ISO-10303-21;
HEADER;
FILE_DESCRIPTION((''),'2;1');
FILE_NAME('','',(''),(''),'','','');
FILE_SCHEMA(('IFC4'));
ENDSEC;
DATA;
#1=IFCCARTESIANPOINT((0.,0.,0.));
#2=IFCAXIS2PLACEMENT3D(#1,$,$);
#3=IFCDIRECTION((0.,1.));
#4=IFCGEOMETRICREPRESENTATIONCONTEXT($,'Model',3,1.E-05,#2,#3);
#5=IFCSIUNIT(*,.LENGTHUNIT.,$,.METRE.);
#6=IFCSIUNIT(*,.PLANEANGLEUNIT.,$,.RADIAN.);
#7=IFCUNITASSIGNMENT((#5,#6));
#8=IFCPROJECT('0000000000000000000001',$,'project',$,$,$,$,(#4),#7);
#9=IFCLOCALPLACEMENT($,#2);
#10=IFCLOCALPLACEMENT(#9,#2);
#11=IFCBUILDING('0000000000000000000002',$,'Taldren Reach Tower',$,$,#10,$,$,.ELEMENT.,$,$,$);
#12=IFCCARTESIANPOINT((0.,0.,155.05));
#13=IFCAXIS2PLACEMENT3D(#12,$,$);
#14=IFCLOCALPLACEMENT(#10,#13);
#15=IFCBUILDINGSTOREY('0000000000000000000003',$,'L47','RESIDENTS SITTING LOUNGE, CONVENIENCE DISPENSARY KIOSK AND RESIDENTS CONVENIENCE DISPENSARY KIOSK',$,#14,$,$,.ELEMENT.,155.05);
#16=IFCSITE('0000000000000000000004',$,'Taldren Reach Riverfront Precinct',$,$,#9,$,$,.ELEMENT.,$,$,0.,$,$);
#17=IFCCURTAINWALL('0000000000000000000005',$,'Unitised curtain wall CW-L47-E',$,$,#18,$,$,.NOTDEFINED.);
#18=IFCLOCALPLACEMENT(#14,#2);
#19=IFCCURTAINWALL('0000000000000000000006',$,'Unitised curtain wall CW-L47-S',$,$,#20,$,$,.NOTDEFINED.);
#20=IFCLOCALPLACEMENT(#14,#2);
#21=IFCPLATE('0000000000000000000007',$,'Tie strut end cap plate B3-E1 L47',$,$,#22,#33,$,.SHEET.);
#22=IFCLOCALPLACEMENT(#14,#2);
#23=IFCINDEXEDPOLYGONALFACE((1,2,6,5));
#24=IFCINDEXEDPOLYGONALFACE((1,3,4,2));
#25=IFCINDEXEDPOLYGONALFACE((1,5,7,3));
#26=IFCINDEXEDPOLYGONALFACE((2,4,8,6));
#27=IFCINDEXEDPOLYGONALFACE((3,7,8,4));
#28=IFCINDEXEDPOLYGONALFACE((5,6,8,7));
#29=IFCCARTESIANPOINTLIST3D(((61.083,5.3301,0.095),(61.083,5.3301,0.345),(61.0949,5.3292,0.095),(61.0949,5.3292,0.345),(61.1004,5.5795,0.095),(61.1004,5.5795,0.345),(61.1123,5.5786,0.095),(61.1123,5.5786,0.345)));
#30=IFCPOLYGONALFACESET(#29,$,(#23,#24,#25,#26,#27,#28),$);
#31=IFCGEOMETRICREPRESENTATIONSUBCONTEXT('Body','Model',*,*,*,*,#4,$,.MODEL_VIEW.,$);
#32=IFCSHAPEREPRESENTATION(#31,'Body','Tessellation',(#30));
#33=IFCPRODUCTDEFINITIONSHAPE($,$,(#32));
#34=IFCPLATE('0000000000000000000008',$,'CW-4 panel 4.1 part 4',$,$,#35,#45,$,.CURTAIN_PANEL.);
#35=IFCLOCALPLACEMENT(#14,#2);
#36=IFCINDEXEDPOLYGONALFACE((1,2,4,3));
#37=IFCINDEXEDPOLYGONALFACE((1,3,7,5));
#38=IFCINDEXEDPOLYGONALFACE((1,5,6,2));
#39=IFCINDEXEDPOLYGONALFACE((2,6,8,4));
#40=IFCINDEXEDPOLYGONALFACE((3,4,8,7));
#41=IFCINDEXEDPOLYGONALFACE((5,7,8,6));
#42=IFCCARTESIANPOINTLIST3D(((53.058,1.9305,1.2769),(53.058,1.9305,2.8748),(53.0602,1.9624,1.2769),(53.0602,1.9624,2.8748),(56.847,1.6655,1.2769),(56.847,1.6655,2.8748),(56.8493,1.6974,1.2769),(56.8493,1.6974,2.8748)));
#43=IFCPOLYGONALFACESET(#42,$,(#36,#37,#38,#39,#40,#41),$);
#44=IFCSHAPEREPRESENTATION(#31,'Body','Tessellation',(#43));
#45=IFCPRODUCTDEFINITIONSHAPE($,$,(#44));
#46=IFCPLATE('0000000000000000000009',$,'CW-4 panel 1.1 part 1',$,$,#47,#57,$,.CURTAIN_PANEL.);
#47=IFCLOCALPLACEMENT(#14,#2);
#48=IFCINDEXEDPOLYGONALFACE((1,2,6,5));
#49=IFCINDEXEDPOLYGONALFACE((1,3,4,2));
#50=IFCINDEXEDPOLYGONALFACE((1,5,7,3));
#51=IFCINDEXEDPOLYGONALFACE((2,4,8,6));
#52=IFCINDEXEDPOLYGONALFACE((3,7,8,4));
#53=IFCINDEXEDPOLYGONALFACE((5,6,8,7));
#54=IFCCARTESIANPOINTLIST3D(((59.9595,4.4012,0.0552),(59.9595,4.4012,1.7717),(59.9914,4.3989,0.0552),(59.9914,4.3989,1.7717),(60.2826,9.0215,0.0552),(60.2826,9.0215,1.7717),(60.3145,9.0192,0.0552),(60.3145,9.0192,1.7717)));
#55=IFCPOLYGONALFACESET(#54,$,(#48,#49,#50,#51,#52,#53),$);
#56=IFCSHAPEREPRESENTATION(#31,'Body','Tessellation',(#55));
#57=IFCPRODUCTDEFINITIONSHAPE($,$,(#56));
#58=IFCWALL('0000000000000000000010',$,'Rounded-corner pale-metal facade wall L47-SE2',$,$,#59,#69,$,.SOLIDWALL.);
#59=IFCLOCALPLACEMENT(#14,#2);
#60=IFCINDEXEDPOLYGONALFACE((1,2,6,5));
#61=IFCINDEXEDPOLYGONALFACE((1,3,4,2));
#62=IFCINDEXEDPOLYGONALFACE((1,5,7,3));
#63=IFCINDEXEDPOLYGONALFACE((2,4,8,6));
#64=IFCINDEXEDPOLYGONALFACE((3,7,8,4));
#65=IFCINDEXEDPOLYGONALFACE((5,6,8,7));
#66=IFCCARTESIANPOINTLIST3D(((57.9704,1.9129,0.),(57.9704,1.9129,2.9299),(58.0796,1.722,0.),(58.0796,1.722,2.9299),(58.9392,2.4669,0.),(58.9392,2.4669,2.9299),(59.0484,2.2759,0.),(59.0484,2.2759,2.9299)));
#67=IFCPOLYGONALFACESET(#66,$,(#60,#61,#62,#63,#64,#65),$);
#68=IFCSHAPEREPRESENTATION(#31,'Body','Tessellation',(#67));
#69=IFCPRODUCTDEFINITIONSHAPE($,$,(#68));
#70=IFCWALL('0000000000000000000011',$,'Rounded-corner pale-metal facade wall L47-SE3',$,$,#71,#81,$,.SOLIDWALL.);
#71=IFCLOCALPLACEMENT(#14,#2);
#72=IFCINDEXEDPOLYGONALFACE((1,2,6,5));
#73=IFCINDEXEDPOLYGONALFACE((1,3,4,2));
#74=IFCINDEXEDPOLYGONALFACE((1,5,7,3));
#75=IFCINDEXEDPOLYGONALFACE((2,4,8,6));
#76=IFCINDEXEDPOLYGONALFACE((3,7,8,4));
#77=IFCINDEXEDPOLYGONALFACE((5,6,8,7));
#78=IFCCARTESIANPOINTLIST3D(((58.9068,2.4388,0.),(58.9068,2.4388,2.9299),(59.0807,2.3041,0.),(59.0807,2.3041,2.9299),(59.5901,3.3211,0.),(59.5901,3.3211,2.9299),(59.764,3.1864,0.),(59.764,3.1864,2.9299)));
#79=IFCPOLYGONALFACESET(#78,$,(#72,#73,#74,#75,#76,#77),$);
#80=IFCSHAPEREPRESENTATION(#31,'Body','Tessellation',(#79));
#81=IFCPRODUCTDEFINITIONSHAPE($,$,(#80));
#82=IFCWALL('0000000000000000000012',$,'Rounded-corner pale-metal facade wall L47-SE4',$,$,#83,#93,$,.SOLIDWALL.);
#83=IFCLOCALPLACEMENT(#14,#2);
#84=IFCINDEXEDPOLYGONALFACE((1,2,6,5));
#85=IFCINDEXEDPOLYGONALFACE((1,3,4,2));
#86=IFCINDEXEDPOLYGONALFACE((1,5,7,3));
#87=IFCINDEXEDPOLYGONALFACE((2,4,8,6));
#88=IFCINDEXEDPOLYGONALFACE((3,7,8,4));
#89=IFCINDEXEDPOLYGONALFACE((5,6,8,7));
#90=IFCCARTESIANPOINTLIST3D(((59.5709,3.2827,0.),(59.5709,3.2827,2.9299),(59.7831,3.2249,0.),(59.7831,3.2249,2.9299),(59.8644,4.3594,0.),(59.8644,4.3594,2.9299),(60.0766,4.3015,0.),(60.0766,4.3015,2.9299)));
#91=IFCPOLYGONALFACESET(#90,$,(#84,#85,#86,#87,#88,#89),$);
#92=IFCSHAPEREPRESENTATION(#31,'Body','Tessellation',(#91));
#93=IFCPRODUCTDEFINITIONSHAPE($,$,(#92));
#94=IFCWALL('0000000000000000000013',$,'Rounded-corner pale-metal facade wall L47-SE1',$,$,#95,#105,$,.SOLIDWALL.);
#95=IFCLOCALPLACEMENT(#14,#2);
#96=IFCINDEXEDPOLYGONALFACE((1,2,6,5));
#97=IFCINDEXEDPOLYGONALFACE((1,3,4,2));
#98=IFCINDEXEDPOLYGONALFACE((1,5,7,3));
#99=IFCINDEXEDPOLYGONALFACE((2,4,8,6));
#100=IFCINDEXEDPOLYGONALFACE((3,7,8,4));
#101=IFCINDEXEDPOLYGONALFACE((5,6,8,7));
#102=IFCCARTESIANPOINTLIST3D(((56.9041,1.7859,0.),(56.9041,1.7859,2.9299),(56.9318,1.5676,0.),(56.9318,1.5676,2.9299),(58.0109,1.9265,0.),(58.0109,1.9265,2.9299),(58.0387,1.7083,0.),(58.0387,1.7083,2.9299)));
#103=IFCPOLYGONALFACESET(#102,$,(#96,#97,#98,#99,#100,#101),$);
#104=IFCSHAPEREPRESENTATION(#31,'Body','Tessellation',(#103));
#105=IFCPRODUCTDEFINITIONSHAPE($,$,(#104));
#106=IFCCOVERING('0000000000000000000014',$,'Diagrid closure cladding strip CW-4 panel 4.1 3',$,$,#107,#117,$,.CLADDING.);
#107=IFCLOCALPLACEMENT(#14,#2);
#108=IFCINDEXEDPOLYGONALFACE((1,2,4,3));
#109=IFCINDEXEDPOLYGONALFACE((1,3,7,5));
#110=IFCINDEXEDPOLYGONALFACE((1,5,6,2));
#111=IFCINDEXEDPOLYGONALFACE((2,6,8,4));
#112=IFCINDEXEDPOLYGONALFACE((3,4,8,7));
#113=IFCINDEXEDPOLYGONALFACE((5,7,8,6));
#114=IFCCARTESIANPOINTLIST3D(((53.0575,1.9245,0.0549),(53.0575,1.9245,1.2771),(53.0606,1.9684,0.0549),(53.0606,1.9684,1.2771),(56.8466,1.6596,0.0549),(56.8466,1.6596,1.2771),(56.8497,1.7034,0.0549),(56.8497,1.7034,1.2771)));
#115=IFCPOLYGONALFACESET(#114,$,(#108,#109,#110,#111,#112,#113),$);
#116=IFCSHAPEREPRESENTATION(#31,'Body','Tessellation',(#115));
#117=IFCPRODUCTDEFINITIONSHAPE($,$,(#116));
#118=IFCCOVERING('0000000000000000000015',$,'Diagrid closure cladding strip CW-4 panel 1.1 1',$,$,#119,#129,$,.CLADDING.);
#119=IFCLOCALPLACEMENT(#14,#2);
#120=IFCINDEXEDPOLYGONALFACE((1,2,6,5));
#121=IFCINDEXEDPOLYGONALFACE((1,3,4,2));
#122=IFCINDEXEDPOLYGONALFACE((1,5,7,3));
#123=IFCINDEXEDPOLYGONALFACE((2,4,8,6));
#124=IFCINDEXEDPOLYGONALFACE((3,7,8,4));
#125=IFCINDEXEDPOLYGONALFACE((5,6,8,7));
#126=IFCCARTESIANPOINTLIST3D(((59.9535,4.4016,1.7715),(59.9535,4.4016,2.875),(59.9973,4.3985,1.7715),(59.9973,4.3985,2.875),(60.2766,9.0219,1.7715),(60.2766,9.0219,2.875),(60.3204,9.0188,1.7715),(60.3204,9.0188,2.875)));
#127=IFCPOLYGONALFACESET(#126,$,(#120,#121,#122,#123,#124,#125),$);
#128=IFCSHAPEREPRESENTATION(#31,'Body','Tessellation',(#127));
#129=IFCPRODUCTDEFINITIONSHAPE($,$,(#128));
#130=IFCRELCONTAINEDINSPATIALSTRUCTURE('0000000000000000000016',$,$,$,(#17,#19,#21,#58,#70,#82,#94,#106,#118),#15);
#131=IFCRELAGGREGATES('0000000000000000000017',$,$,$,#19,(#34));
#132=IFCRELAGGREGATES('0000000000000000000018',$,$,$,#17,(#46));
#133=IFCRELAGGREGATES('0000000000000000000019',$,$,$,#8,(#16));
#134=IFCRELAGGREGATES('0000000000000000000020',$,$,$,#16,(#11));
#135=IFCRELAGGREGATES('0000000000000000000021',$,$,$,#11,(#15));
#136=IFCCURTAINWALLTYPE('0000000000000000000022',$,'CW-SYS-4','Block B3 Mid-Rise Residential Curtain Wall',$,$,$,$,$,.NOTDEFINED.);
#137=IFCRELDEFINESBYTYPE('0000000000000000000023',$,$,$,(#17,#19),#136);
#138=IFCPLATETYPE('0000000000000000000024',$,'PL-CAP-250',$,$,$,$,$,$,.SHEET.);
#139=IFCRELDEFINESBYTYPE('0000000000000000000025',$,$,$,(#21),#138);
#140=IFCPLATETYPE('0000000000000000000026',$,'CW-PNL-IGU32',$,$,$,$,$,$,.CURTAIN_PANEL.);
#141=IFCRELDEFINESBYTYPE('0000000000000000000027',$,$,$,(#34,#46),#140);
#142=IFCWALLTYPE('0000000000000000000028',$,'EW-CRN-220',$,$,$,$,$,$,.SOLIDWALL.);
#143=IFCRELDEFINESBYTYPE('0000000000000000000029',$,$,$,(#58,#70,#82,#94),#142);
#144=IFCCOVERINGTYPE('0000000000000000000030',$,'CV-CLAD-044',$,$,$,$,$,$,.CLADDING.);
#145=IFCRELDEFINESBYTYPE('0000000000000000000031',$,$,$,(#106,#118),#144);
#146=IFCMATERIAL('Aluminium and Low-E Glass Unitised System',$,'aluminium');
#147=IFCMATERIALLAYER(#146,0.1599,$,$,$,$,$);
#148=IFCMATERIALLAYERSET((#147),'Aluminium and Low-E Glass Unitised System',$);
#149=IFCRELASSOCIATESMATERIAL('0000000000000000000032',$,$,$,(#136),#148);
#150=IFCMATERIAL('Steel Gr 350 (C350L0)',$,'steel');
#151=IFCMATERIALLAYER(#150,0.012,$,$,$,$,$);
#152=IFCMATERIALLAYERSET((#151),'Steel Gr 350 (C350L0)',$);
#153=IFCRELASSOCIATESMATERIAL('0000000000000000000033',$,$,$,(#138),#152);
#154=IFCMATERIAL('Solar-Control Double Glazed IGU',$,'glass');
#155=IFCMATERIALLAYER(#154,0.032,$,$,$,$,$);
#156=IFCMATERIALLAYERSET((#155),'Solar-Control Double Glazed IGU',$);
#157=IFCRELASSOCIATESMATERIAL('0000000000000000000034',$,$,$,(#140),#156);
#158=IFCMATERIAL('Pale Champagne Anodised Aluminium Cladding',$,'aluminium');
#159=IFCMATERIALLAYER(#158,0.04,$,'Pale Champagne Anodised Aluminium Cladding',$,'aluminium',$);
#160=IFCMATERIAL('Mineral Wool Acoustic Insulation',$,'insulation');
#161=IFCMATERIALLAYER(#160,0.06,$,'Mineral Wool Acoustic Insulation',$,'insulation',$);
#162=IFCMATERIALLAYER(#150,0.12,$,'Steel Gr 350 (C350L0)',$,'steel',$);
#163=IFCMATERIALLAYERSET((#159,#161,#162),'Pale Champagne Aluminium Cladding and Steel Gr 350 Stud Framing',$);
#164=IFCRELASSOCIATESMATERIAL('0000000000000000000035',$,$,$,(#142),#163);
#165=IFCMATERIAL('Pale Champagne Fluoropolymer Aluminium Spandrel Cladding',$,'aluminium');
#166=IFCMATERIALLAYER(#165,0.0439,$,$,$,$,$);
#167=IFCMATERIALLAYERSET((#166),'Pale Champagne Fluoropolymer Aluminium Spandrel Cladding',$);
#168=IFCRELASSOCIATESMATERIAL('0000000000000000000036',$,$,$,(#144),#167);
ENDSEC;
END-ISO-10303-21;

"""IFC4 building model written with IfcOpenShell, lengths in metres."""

from ifc_helpers import new_model, si_unit, direction, frame, frame_2d, origin, origin_2d, place, context, subcontext, project, spatial, rectangle, extrude, source, transform, mapped, material, layer, layer_set, type_object, element, aggregate, save


model = new_model("IFC4")

# Units and contexts
model_context = context("Model", 3, precision=1e-05, world=origin(), true_north=direction((0.0, 1.0)))
body_context = subcontext(model_context, "Body", "Model", "MODEL_VIEW")
ifc_project = project(units=[si_unit("LENGTHUNIT", "METRE"), si_unit("PLANEANGLEUNIT", "RADIAN")], contexts=[model_context])

# Site, building, storey
site_placement = place(None, origin())
site = spatial("IfcSite", under=ifc_project, at=site_placement, Name="Taldren Reach Riverfront Precinct", CompositionType="ELEMENT", RefElevation=0.0)
building_placement = place(site_placement, origin())
building = spatial("IfcBuilding", under=site, at=building_placement, Name="Taldren Reach Tower", CompositionType="ELEMENT")
storey_placement = place(building_placement, frame((0.0, 0.0, 155.05)))
storey = spatial("IfcBuildingStorey", under=building, at=storey_placement, Name="L47", Description="RESIDENTS SITTING LOUNGE, CONVENIENCE DISPENSARY KIOSK AND RESIDENTS CONVENIENCE DISPENSARY KIOSK", CompositionType="ELEMENT", Elevation=155.05)

# Shared definitions
ifc_material_1 = material(Name="Steel Gr 350 (C350L0)", Category="steel")

# Curtain wall
ifc_material_2 = material(Name="Aluminium and Low-E Glass Unitised System", Category="aluminium")
ifc_layer_1 = layer(ifc_material_2, 0.1599)
ifc_layer_set_1 = layer_set([ifc_layer_1], Name="Aluminium and Low-E Glass Unitised System")
curtain_wall_type = type_object("IfcCurtainWallType", Name="CW-SYS-4", Description="Block B3 Mid-Rise Residential Curtain Wall", PredefinedType="NOTDEFINED", material=ifc_layer_set_1)
curtain_wall_1_placement = place(storey_placement, origin())
curtain_wall_1 = element("IfcCurtainWall", 1, at=curtain_wall_1_placement, inside=storey, type_object=curtain_wall_type, Name="Unitised curtain wall CW-L47-E", PredefinedType="NOTDEFINED")

# Curtain wall
curtain_wall_2_placement = place(storey_placement, origin())
curtain_wall_2 = element("IfcCurtainWall", 2, at=curtain_wall_2_placement, inside=storey, type_object=curtain_wall_type, Name="Unitised curtain wall CW-L47-S", PredefinedType="NOTDEFINED")

# Plate
ifc_layer_2 = layer(ifc_material_1, 0.012)
ifc_layer_set_2 = layer_set([ifc_layer_2], Name="Steel Gr 350 (C350L0)")
plate_type_1 = type_object("IfcPlateType", Name="PL-CAP-250", PredefinedType="SHEET", material=ifc_layer_set_2)
shared_shape_1 = source(origin(), body_context, "Body", "SweptSolid", [
    extrude(rectangle(XDim=0.012, YDim=0.25, at=origin_2d()), origin(), (0.0, 0.0, 1.0), 0.25),
])
plate_1_placement = place(storey_placement, frame((61.0977, 5.4543, 0.095), z_axis=(0.0, 0.0, 1.0), x_axis=(0.997564, -0.069756, 0.0)))
element("IfcPlate", 3, at=plate_1_placement, inside=storey, type_object=plate_type_1, Name="Tie strut end cap plate B3-E1 L47", PredefinedType="SHEET", context=body_context, shape_type="MappedRepresentation", body=[
    mapped(shared_shape_1, transform((0.0, 0.0, 0.0), scale=1.0)),
])

# Plates
ifc_material_3 = material(Name="Solar-Control Double Glazed IGU", Category="glass")
ifc_layer_3 = layer(ifc_material_3, 0.032)
ifc_layer_set_3 = layer_set([ifc_layer_3], Name="Solar-Control Double Glazed IGU")
plate_type_2 = type_object("IfcPlateType", Name="CW-PNL-IGU32", PredefinedType="CURTAIN_PANEL", material=ifc_layer_set_3)
shared_shape_2 = source(origin(), body_context, "Body", "SweptSolid", [
    extrude(rectangle(XDim=3.7983, YDim=0.032, at=origin_2d()), origin(), (0.0, 0.0, 1.0), 1.5979),
])
plate_2_placement = place(storey_placement, frame((54.9536, 1.814, 1.2769), z_axis=(0.0, 0.0, 1.0), x_axis=(0.997564, -0.069757, 0.0)))
plate_2 = element("IfcPlate", 4, at=plate_2_placement, type_object=plate_type_2, Name="CW-4 panel 4.1 part 4", PredefinedType="CURTAIN_PANEL", context=body_context, shape_type="MappedRepresentation", body=[
    mapped(shared_shape_2, transform((0.0, 0.0, 0.0), scale=1.0)),
])
aggregate(curtain_wall_2, [plate_2])
shared_shape_3 = source(origin(), body_context, "Body", "SweptSolid", [
    extrude(rectangle(XDim=4.6316, YDim=0.032, at=origin_2d()), origin(), (0.0, 0.0, 1.0), 1.7166),
])
plate_3_placement = place(storey_placement, frame((60.137, 6.7102, 0.0552), z_axis=(0.0, 0.0, 1.0), x_axis=(0.069756, 0.997564, 0.0)))
plate_3 = element("IfcPlate", 5, at=plate_3_placement, type_object=plate_type_2, Name="CW-4 panel 1.1 part 1", PredefinedType="CURTAIN_PANEL", context=body_context, shape_type="MappedRepresentation", body=[
    mapped(shared_shape_3, transform((0.0, 0.0, 0.0), scale=1.0)),
])
aggregate(curtain_wall_1, [plate_3])

# Walls
ifc_material_4 = material(Name="Pale Champagne Anodised Aluminium Cladding", Category="aluminium")
ifc_layer_4 = layer(ifc_material_4, 0.04, Name="Pale Champagne Anodised Aluminium Cladding", Category="aluminium")
ifc_material_5 = material(Name="Mineral Wool Acoustic Insulation", Category="insulation")
ifc_layer_5 = layer(ifc_material_5, 0.06, Name="Mineral Wool Acoustic Insulation", Category="insulation")
ifc_layer_6 = layer(ifc_material_1, 0.12, Name="Steel Gr 350 (C350L0)", Category="steel")
ifc_layer_set_4 = layer_set([ifc_layer_4, ifc_layer_5, ifc_layer_6], Name="Pale Champagne Aluminium Cladding and Steel Gr 350 Stud Framing")
wall_type = type_object("IfcWallType", Name="EW-CRN-220", PredefinedType="SOLIDWALL", material=ifc_layer_set_4)
shared_shape_4 = source(origin(), body_context, "Body", "SweptSolid", [
    extrude(rectangle(XDim=1.116, YDim=0.22, at=frame_2d((0.5581, 0.0))), origin(), (0.0, 0.0, 1.0), 2.9299),
])
for number, where, z_axis, x_axis, name in (
    (6, (58.0249, 1.8174, 0.0), (0.0, 0.0, 1.0), (0.868095, 0.496398, 0.0), "Rounded-corner pale-metal facade wall L47-SE2"),
    (7, (58.9937, 2.3713, 0.0), (0.0, 0.0, 1.0), (0.612319, 0.790611, 0.0), "Rounded-corner pale-metal facade wall L47-SE3"),
    (8, (59.677, 3.2537, 0.0), (0.0, 0.0, 1.0), (0.262969, 0.964804, 0.0), "Rounded-corner pale-metal facade wall L47-SE4"),
):
    element("IfcWall", number, at=place(storey_placement, frame(where, z_axis=z_axis, x_axis=x_axis)), inside=storey, type_object=wall_type, Name=name, PredefinedType="SOLIDWALL", context=body_context, shape_type="MappedRepresentation", body=[
        mapped(shared_shape_4, transform((0.0, 0.0, 0.0), scale=1.0)),
    ])
shared_shape_5 = source(origin(), body_context, "Body", "SweptSolid", [
    extrude(rectangle(XDim=1.1157, YDim=0.22, at=frame_2d((0.5579, 0.0))), origin(), (0.0, 0.0, 1.0), 2.9299),
])
wall_placement = place(storey_placement, frame((56.918, 1.6768, 0.0), z_axis=(0.0, 0.0, 1.0), x_axis=(0.992027, 0.126027, 0.0)))
element("IfcWall", 9, at=wall_placement, inside=storey, type_object=wall_type, Name="Rounded-corner pale-metal facade wall L47-SE1", PredefinedType="SOLIDWALL", context=body_context, shape_type="MappedRepresentation", body=[
    mapped(shared_shape_5, transform((0.0, 0.0, 0.0), scale=1.0)),
])

# Coverings
ifc_material_6 = material(Name="Pale Champagne Fluoropolymer Aluminium Spandrel Cladding", Category="aluminium")
ifc_layer_7 = layer(ifc_material_6, 0.0439)
ifc_layer_set_5 = layer_set([ifc_layer_7], Name="Pale Champagne Fluoropolymer Aluminium Spandrel Cladding")
covering_type = type_object("IfcCoveringType", Name="CV-CLAD-044", PredefinedType="CLADDING", material=ifc_layer_set_5)
shared_shape_6 = source(origin(), body_context, "Body", "SweptSolid", [
    extrude(rectangle(XDim=3.7983, YDim=0.0439, at=origin_2d()), origin(), (0.0, 0.0, 1.0), 1.2222),
])
covering_1_placement = place(storey_placement, frame((54.9536, 1.814, 0.0549), z_axis=(0.0, 0.0, 1.0), x_axis=(0.997564, -0.069757, 0.0)))
element("IfcCovering", 10, at=covering_1_placement, inside=storey, type_object=covering_type, Name="Diagrid closure cladding strip CW-4 panel 4.1 3", PredefinedType="CLADDING", context=body_context, shape_type="MappedRepresentation", body=[
    mapped(shared_shape_6, transform((0.0, 0.0, 0.0), scale=1.0)),
])
shared_shape_7 = source(origin(), body_context, "Body", "SweptSolid", [
    extrude(rectangle(XDim=4.6316, YDim=0.0439, at=origin_2d()), origin(), (0.0, 0.0, 1.0), 1.1035),
])
covering_2_placement = place(storey_placement, frame((60.137, 6.7102, 1.7715), z_axis=(0.0, 0.0, 1.0), x_axis=(0.069756, 0.997564, 0.0)))
element("IfcCovering", 11, at=covering_2_placement, inside=storey, type_object=covering_type, Name="Diagrid closure cladding strip CW-4 panel 1.1 1", PredefinedType="CLADDING", context=body_context, shape_type="MappedRepresentation", body=[
    mapped(shared_shape_7, transform((0.0, 0.0, 0.0), scale=1.0)),
])

save(model, "model.ifc")
